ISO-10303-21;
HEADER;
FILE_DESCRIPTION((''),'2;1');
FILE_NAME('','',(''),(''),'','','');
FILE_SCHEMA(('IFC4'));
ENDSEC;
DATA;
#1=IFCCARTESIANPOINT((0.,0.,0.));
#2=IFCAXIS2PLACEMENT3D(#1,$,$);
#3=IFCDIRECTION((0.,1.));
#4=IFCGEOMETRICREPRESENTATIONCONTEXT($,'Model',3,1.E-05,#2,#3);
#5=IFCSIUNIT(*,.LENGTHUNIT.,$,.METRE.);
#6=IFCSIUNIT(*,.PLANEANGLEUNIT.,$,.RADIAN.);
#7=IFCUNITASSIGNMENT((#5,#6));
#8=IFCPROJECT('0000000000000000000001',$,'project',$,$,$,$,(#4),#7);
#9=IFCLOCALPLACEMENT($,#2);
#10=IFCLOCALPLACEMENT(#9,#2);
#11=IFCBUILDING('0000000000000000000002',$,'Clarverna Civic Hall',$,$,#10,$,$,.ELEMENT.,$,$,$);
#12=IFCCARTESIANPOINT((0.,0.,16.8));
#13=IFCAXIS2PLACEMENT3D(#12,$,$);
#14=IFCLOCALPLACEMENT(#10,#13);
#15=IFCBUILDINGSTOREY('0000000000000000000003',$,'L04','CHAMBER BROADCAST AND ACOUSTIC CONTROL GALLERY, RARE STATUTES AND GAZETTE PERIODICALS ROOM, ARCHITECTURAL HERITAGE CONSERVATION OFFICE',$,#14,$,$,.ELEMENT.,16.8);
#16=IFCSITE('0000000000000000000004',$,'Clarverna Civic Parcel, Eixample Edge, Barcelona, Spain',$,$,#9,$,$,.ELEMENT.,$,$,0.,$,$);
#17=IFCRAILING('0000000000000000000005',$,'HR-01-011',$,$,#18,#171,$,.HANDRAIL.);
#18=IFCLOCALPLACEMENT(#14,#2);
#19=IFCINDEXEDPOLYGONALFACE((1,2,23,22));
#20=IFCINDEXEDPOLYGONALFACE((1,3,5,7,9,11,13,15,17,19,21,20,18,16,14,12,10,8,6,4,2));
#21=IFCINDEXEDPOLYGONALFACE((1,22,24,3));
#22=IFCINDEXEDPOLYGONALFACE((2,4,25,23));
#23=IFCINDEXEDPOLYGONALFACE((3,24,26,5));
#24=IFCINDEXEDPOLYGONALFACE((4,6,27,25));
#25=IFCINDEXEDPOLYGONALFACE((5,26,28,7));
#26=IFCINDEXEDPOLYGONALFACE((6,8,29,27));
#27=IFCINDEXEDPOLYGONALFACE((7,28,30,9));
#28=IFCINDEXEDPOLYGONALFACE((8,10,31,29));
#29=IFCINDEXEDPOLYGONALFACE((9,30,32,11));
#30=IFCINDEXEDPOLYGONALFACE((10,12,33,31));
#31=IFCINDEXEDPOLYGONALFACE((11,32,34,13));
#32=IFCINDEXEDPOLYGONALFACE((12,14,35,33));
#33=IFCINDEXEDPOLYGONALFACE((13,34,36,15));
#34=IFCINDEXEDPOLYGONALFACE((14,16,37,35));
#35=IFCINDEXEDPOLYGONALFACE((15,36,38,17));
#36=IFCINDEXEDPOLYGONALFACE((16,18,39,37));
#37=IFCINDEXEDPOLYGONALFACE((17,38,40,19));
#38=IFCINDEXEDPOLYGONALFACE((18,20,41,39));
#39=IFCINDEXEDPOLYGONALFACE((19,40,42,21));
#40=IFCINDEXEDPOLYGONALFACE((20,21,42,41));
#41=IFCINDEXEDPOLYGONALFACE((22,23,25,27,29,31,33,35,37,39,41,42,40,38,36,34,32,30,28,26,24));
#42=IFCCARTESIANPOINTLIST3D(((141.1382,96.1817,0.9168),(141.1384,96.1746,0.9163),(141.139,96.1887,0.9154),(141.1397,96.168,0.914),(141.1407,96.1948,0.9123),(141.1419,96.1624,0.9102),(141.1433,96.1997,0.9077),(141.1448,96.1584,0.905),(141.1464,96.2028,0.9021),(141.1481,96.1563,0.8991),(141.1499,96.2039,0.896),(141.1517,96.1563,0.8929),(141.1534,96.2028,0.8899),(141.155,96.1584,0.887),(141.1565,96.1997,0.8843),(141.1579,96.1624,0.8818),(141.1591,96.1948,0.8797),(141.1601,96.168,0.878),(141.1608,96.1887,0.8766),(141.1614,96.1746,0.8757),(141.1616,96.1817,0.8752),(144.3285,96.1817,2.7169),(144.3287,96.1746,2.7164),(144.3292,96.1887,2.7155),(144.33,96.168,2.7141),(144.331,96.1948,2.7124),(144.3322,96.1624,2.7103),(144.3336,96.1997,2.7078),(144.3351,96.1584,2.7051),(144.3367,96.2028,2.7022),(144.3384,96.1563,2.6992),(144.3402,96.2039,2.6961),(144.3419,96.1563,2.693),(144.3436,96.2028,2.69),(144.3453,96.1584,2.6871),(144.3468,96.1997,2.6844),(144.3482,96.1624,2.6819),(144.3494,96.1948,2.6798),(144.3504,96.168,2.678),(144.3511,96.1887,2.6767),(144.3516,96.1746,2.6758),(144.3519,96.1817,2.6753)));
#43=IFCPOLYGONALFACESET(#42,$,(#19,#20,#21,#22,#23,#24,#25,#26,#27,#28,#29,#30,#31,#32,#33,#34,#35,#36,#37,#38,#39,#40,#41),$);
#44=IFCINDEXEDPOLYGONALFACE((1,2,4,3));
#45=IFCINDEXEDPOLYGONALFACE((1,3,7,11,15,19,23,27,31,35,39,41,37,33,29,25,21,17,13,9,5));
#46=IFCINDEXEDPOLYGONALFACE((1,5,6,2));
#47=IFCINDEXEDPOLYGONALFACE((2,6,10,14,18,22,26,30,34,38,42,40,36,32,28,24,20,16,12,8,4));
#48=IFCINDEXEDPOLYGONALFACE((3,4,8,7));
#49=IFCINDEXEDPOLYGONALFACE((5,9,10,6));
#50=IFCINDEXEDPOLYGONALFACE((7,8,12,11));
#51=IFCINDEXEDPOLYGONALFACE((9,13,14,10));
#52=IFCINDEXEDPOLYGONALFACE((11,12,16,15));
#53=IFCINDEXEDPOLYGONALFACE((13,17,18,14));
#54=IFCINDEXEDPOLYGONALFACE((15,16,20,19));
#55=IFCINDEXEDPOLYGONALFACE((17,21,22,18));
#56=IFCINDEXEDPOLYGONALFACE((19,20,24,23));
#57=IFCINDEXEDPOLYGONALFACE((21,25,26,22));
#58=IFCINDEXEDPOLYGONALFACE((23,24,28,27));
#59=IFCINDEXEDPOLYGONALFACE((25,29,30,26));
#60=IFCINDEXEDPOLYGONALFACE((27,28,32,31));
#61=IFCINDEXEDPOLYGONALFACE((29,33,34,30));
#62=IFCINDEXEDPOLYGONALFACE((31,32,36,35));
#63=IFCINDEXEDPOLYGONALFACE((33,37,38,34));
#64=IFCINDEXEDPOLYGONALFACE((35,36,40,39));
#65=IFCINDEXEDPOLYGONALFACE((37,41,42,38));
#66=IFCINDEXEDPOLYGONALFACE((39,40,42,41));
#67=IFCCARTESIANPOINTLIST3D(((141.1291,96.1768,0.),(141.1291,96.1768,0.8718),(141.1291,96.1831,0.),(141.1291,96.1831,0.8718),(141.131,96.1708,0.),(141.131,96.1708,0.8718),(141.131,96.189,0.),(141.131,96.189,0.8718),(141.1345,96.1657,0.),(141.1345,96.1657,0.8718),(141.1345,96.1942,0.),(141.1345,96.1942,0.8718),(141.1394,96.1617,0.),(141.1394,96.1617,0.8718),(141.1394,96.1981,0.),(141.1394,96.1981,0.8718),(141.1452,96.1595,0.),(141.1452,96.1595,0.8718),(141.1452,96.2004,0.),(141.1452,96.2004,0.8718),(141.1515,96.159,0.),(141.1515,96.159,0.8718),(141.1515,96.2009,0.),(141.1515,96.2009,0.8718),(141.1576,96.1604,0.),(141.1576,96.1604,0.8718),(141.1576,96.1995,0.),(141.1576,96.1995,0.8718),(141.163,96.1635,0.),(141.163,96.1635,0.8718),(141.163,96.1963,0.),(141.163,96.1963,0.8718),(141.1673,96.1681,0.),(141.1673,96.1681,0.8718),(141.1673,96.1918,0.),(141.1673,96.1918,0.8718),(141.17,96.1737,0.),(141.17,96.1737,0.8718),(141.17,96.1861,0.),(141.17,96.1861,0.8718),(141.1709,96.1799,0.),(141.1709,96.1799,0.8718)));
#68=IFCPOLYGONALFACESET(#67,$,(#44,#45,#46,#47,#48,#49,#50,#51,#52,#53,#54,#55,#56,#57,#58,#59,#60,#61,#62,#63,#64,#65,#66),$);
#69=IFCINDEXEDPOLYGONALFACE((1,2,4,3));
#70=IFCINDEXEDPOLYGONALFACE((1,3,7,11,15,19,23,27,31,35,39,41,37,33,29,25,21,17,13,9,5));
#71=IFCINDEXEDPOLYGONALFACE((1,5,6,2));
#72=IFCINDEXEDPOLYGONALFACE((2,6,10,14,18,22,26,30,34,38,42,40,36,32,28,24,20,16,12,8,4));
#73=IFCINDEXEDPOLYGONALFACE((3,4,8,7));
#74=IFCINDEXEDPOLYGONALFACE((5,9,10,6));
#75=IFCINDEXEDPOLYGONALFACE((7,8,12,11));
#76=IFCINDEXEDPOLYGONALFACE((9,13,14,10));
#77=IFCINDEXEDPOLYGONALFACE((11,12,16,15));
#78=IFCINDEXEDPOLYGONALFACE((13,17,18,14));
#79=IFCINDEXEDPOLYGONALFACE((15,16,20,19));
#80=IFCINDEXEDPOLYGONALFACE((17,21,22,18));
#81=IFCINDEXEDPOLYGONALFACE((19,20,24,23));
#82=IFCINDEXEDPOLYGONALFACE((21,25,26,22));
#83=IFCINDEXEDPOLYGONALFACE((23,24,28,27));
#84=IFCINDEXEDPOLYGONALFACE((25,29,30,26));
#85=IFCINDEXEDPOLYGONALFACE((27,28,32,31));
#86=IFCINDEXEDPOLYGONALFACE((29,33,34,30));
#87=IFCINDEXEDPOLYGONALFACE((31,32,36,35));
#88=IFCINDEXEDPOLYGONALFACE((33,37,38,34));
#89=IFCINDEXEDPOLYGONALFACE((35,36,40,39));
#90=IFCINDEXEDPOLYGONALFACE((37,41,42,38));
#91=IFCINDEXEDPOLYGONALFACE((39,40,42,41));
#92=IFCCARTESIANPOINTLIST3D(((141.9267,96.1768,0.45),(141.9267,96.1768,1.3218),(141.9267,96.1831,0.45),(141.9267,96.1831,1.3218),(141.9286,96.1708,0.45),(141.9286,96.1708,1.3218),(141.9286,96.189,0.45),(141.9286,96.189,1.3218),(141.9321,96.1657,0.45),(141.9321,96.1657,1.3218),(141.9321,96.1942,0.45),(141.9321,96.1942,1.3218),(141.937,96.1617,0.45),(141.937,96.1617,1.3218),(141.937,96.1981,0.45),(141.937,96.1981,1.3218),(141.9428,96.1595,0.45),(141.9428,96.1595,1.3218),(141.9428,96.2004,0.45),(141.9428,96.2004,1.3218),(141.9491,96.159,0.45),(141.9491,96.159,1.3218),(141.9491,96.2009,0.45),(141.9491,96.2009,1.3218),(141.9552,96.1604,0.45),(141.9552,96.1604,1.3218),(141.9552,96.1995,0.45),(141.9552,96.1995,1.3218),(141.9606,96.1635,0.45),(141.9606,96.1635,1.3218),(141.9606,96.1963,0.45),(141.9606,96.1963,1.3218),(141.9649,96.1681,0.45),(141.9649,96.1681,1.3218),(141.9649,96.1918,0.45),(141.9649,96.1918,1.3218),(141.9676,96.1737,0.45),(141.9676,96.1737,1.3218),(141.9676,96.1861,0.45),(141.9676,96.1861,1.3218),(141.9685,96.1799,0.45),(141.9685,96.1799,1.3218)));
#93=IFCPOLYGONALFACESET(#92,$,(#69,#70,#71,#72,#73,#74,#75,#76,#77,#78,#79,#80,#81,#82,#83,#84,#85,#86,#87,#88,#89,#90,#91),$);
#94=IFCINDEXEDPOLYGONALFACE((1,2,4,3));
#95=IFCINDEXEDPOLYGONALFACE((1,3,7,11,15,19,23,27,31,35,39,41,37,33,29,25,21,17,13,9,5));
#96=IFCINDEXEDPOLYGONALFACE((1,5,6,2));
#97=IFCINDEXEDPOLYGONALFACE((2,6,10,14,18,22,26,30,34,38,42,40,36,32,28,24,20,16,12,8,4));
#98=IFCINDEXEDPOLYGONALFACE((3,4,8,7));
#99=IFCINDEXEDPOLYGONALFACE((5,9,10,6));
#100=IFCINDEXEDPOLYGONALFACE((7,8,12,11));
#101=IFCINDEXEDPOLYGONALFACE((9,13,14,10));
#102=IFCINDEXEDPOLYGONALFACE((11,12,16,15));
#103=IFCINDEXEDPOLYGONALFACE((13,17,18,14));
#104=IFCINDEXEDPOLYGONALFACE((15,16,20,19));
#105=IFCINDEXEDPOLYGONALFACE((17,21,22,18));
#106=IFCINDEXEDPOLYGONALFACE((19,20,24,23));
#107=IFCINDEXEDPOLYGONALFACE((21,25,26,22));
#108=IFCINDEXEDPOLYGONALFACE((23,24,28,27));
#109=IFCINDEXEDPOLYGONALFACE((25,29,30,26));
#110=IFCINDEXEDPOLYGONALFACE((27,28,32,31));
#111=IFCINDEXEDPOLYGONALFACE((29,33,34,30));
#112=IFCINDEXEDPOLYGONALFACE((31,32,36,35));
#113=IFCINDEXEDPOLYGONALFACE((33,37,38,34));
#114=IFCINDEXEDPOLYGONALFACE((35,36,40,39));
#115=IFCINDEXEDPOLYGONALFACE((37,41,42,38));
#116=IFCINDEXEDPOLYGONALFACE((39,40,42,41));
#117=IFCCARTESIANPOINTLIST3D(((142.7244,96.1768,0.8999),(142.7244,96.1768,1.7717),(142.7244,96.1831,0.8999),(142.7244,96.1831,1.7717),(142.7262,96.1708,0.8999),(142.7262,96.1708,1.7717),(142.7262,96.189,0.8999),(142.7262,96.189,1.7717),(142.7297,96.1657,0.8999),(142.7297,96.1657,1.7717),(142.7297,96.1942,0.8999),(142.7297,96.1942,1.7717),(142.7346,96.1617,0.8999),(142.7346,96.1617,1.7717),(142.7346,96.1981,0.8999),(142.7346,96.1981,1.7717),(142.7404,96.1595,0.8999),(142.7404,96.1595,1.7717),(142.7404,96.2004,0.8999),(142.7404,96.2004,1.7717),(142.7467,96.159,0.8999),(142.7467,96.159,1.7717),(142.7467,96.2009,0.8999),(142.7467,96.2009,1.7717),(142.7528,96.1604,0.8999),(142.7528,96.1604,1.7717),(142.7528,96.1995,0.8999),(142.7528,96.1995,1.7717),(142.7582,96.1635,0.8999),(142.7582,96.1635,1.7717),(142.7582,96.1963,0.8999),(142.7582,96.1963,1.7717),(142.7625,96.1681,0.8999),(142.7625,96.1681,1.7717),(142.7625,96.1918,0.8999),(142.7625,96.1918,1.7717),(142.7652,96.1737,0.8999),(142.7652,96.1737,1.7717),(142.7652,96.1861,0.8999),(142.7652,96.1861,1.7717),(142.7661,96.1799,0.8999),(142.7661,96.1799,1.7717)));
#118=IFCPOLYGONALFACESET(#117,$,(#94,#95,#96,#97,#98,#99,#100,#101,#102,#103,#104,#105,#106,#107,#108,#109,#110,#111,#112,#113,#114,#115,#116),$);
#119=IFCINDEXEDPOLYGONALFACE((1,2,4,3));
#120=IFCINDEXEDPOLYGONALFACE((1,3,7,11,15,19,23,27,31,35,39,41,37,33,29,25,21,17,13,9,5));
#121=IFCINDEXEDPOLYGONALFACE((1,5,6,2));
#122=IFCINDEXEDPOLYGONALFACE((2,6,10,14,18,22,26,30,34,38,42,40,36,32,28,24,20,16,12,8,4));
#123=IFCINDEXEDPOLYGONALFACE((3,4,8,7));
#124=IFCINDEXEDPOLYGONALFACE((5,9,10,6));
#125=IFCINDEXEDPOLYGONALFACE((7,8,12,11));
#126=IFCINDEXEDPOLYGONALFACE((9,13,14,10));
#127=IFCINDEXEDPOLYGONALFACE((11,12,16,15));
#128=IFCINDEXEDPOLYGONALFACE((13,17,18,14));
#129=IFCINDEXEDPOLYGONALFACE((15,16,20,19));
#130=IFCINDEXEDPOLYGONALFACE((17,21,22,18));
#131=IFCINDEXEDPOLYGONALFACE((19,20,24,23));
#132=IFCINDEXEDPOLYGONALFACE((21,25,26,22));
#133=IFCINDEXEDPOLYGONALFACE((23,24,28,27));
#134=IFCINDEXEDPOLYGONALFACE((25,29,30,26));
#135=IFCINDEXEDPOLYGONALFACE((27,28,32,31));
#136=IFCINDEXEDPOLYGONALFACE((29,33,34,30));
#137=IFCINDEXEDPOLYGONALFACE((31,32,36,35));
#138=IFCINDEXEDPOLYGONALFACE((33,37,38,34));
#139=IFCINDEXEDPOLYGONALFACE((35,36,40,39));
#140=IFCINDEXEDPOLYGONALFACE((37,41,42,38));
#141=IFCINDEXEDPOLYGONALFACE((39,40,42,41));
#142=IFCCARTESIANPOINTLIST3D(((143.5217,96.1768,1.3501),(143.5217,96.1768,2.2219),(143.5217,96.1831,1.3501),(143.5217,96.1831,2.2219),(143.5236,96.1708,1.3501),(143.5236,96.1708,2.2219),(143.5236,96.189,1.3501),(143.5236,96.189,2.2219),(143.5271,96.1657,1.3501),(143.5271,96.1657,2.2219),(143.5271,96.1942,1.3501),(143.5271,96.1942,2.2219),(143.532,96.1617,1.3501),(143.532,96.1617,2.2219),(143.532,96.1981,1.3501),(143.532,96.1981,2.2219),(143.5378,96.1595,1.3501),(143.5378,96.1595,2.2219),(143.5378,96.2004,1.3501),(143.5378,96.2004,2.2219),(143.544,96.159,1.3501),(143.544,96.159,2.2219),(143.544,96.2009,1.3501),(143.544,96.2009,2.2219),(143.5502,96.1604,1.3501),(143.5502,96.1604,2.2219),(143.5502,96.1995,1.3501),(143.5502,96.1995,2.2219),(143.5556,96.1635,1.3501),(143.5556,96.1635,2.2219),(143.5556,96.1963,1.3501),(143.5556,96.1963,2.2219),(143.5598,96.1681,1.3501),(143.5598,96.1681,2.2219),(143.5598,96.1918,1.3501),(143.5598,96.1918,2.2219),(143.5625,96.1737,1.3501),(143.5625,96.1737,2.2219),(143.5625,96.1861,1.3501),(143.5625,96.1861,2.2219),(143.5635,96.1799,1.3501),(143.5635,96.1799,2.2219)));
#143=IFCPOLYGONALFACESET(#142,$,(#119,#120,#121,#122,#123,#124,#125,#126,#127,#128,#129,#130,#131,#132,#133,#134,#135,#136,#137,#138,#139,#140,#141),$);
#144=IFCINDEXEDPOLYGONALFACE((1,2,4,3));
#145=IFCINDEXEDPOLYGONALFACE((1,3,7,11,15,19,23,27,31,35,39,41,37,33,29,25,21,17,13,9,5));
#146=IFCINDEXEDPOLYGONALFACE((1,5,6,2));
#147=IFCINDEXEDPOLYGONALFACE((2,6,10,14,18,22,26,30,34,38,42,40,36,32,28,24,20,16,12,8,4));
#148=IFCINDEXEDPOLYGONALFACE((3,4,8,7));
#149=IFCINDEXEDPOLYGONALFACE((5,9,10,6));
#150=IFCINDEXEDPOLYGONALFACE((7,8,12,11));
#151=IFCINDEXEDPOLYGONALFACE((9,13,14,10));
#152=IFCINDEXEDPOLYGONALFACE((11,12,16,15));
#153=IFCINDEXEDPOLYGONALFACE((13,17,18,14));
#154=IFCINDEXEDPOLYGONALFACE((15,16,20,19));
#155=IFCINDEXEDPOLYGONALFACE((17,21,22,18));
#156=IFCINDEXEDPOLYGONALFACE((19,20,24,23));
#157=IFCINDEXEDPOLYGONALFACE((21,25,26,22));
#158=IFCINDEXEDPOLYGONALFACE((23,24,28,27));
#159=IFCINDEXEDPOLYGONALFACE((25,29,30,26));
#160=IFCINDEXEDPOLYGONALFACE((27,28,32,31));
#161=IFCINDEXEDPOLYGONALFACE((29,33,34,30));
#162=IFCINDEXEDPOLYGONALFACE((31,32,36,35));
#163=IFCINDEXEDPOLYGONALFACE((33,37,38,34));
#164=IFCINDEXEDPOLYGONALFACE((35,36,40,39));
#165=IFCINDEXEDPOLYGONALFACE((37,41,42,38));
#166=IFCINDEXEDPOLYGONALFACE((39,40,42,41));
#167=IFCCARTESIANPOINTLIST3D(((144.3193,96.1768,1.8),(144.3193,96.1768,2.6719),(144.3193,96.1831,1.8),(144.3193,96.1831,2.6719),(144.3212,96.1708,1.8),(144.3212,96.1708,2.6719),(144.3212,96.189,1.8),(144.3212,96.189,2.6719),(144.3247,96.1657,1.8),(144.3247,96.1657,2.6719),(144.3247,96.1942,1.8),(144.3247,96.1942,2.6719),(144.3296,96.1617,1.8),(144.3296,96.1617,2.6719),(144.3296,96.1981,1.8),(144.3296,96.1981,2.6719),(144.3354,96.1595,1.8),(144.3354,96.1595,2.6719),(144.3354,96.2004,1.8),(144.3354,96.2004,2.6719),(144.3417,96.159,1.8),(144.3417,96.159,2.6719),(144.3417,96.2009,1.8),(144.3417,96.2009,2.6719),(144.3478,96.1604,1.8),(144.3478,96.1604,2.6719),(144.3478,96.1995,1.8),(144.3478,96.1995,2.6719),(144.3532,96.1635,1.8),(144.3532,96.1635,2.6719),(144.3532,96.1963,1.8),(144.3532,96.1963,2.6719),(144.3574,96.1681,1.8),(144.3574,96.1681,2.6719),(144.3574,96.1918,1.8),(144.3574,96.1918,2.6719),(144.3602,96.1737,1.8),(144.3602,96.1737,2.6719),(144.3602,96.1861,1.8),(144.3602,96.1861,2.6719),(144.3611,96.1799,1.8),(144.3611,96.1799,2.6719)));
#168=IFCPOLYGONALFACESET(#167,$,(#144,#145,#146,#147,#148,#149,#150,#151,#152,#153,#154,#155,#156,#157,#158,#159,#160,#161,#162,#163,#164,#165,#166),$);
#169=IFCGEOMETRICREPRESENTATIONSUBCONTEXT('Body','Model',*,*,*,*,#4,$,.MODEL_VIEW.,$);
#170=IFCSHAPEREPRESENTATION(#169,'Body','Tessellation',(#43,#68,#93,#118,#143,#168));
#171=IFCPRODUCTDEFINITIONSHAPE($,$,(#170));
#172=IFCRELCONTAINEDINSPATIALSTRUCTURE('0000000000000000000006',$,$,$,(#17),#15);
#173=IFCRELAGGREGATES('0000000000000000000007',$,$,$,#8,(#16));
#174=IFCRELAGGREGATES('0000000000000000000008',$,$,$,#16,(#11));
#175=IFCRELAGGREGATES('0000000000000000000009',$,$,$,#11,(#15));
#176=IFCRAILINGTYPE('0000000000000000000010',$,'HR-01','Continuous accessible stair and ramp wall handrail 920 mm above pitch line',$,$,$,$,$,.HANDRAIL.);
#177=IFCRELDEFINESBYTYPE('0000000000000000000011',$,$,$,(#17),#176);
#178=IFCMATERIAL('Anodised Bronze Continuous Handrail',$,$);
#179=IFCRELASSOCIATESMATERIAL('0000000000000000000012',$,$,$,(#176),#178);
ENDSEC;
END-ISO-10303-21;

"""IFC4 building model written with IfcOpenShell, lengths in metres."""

from ifc_helpers import new_model, si_unit, direction, frame, origin, origin_2d, place, context, subcontext, project, spatial, circle, extrude, material, type_object, element, save


model = new_model("IFC4")

# Units and contexts
model_context = context("Model", 3, precision=1e-05, world=origin(), true_north=direction((0.0, 1.0)))
body_context = subcontext(model_context, "Body", "Model", "MODEL_VIEW")
ifc_project = project(units=[si_unit("LENGTHUNIT", "METRE"), si_unit("PLANEANGLEUNIT", "RADIAN")], contexts=[model_context])

# Site, building, storey
site_placement = place(None, origin())
site = spatial("IfcSite", under=ifc_project, at=site_placement, Name="Clarverna Civic Parcel, Eixample Edge, Barcelona, Spain", CompositionType="ELEMENT", RefElevation=0.0)
building_placement = place(site_placement, origin())
building = spatial("IfcBuilding", under=site, at=building_placement, Name="Clarverna Civic Hall", CompositionType="ELEMENT")
storey_placement = place(building_placement, frame((0.0, 0.0, 16.8)))
storey = spatial("IfcBuildingStorey", under=building, at=storey_placement, Name="L04", Description="CHAMBER BROADCAST AND ACOUSTIC CONTROL GALLERY, RARE STATUTES AND GAZETTE PERIODICALS ROOM, ARCHITECTURAL HERITAGE CONSERVATION OFFICE", CompositionType="ELEMENT", Elevation=16.8)

# Railing
ifc_material_1 = material(Name="Anodised Bronze Continuous Handrail")
railing_type_1 = type_object("IfcRailingType", Name="HR-01", Description="Continuous accessible stair and ramp wall handrail 920 mm above pitch line", PredefinedType="HANDRAIL", material=ifc_material_1)
railing_1_placement = place(storey_placement, frame((141.1499, 96.1799, 0.0)))
element("IfcRailing", 1, at=railing_1_placement, inside=storey, type_object=railing_type_1, Name="HR-01-011", PredefinedType="HANDRAIL", context=body_context, shape_type="SweptSolid", body=[
    extrude(circle(Radius=0.0239, at=origin_2d()), frame((0.0, 0.0, 0.896), z_axis=(0.870925, 0.0, 0.491416), x_axis=(0.0, 1.0, 0.0)), (0.0, 0.0, 1.0), 3.6631),
    extrude(circle(Radius=0.021, at=origin_2d()), origin(), (0.0, 0.0, 1.0), 0.8718),
    extrude(circle(Radius=0.021, at=origin_2d()), frame((0.7976, 0.0, 0.45)), (0.0, 0.0, 1.0), 0.8718),
    extrude(circle(Radius=0.021, at=origin_2d()), frame((1.5952, 0.0, 0.8999)), (0.0, 0.0, 1.0), 0.8718),
    extrude(circle(Radius=0.021, at=origin_2d()), frame((2.3926, 0.0, 1.3501)), (0.0, 0.0, 1.0), 0.8718),
    extrude(circle(Radius=0.021, at=origin_2d()), frame((3.1902, 0.0, 1.8)), (0.0, 0.0, 1.0), 0.8718),
])

save(model, "model.ifc")
